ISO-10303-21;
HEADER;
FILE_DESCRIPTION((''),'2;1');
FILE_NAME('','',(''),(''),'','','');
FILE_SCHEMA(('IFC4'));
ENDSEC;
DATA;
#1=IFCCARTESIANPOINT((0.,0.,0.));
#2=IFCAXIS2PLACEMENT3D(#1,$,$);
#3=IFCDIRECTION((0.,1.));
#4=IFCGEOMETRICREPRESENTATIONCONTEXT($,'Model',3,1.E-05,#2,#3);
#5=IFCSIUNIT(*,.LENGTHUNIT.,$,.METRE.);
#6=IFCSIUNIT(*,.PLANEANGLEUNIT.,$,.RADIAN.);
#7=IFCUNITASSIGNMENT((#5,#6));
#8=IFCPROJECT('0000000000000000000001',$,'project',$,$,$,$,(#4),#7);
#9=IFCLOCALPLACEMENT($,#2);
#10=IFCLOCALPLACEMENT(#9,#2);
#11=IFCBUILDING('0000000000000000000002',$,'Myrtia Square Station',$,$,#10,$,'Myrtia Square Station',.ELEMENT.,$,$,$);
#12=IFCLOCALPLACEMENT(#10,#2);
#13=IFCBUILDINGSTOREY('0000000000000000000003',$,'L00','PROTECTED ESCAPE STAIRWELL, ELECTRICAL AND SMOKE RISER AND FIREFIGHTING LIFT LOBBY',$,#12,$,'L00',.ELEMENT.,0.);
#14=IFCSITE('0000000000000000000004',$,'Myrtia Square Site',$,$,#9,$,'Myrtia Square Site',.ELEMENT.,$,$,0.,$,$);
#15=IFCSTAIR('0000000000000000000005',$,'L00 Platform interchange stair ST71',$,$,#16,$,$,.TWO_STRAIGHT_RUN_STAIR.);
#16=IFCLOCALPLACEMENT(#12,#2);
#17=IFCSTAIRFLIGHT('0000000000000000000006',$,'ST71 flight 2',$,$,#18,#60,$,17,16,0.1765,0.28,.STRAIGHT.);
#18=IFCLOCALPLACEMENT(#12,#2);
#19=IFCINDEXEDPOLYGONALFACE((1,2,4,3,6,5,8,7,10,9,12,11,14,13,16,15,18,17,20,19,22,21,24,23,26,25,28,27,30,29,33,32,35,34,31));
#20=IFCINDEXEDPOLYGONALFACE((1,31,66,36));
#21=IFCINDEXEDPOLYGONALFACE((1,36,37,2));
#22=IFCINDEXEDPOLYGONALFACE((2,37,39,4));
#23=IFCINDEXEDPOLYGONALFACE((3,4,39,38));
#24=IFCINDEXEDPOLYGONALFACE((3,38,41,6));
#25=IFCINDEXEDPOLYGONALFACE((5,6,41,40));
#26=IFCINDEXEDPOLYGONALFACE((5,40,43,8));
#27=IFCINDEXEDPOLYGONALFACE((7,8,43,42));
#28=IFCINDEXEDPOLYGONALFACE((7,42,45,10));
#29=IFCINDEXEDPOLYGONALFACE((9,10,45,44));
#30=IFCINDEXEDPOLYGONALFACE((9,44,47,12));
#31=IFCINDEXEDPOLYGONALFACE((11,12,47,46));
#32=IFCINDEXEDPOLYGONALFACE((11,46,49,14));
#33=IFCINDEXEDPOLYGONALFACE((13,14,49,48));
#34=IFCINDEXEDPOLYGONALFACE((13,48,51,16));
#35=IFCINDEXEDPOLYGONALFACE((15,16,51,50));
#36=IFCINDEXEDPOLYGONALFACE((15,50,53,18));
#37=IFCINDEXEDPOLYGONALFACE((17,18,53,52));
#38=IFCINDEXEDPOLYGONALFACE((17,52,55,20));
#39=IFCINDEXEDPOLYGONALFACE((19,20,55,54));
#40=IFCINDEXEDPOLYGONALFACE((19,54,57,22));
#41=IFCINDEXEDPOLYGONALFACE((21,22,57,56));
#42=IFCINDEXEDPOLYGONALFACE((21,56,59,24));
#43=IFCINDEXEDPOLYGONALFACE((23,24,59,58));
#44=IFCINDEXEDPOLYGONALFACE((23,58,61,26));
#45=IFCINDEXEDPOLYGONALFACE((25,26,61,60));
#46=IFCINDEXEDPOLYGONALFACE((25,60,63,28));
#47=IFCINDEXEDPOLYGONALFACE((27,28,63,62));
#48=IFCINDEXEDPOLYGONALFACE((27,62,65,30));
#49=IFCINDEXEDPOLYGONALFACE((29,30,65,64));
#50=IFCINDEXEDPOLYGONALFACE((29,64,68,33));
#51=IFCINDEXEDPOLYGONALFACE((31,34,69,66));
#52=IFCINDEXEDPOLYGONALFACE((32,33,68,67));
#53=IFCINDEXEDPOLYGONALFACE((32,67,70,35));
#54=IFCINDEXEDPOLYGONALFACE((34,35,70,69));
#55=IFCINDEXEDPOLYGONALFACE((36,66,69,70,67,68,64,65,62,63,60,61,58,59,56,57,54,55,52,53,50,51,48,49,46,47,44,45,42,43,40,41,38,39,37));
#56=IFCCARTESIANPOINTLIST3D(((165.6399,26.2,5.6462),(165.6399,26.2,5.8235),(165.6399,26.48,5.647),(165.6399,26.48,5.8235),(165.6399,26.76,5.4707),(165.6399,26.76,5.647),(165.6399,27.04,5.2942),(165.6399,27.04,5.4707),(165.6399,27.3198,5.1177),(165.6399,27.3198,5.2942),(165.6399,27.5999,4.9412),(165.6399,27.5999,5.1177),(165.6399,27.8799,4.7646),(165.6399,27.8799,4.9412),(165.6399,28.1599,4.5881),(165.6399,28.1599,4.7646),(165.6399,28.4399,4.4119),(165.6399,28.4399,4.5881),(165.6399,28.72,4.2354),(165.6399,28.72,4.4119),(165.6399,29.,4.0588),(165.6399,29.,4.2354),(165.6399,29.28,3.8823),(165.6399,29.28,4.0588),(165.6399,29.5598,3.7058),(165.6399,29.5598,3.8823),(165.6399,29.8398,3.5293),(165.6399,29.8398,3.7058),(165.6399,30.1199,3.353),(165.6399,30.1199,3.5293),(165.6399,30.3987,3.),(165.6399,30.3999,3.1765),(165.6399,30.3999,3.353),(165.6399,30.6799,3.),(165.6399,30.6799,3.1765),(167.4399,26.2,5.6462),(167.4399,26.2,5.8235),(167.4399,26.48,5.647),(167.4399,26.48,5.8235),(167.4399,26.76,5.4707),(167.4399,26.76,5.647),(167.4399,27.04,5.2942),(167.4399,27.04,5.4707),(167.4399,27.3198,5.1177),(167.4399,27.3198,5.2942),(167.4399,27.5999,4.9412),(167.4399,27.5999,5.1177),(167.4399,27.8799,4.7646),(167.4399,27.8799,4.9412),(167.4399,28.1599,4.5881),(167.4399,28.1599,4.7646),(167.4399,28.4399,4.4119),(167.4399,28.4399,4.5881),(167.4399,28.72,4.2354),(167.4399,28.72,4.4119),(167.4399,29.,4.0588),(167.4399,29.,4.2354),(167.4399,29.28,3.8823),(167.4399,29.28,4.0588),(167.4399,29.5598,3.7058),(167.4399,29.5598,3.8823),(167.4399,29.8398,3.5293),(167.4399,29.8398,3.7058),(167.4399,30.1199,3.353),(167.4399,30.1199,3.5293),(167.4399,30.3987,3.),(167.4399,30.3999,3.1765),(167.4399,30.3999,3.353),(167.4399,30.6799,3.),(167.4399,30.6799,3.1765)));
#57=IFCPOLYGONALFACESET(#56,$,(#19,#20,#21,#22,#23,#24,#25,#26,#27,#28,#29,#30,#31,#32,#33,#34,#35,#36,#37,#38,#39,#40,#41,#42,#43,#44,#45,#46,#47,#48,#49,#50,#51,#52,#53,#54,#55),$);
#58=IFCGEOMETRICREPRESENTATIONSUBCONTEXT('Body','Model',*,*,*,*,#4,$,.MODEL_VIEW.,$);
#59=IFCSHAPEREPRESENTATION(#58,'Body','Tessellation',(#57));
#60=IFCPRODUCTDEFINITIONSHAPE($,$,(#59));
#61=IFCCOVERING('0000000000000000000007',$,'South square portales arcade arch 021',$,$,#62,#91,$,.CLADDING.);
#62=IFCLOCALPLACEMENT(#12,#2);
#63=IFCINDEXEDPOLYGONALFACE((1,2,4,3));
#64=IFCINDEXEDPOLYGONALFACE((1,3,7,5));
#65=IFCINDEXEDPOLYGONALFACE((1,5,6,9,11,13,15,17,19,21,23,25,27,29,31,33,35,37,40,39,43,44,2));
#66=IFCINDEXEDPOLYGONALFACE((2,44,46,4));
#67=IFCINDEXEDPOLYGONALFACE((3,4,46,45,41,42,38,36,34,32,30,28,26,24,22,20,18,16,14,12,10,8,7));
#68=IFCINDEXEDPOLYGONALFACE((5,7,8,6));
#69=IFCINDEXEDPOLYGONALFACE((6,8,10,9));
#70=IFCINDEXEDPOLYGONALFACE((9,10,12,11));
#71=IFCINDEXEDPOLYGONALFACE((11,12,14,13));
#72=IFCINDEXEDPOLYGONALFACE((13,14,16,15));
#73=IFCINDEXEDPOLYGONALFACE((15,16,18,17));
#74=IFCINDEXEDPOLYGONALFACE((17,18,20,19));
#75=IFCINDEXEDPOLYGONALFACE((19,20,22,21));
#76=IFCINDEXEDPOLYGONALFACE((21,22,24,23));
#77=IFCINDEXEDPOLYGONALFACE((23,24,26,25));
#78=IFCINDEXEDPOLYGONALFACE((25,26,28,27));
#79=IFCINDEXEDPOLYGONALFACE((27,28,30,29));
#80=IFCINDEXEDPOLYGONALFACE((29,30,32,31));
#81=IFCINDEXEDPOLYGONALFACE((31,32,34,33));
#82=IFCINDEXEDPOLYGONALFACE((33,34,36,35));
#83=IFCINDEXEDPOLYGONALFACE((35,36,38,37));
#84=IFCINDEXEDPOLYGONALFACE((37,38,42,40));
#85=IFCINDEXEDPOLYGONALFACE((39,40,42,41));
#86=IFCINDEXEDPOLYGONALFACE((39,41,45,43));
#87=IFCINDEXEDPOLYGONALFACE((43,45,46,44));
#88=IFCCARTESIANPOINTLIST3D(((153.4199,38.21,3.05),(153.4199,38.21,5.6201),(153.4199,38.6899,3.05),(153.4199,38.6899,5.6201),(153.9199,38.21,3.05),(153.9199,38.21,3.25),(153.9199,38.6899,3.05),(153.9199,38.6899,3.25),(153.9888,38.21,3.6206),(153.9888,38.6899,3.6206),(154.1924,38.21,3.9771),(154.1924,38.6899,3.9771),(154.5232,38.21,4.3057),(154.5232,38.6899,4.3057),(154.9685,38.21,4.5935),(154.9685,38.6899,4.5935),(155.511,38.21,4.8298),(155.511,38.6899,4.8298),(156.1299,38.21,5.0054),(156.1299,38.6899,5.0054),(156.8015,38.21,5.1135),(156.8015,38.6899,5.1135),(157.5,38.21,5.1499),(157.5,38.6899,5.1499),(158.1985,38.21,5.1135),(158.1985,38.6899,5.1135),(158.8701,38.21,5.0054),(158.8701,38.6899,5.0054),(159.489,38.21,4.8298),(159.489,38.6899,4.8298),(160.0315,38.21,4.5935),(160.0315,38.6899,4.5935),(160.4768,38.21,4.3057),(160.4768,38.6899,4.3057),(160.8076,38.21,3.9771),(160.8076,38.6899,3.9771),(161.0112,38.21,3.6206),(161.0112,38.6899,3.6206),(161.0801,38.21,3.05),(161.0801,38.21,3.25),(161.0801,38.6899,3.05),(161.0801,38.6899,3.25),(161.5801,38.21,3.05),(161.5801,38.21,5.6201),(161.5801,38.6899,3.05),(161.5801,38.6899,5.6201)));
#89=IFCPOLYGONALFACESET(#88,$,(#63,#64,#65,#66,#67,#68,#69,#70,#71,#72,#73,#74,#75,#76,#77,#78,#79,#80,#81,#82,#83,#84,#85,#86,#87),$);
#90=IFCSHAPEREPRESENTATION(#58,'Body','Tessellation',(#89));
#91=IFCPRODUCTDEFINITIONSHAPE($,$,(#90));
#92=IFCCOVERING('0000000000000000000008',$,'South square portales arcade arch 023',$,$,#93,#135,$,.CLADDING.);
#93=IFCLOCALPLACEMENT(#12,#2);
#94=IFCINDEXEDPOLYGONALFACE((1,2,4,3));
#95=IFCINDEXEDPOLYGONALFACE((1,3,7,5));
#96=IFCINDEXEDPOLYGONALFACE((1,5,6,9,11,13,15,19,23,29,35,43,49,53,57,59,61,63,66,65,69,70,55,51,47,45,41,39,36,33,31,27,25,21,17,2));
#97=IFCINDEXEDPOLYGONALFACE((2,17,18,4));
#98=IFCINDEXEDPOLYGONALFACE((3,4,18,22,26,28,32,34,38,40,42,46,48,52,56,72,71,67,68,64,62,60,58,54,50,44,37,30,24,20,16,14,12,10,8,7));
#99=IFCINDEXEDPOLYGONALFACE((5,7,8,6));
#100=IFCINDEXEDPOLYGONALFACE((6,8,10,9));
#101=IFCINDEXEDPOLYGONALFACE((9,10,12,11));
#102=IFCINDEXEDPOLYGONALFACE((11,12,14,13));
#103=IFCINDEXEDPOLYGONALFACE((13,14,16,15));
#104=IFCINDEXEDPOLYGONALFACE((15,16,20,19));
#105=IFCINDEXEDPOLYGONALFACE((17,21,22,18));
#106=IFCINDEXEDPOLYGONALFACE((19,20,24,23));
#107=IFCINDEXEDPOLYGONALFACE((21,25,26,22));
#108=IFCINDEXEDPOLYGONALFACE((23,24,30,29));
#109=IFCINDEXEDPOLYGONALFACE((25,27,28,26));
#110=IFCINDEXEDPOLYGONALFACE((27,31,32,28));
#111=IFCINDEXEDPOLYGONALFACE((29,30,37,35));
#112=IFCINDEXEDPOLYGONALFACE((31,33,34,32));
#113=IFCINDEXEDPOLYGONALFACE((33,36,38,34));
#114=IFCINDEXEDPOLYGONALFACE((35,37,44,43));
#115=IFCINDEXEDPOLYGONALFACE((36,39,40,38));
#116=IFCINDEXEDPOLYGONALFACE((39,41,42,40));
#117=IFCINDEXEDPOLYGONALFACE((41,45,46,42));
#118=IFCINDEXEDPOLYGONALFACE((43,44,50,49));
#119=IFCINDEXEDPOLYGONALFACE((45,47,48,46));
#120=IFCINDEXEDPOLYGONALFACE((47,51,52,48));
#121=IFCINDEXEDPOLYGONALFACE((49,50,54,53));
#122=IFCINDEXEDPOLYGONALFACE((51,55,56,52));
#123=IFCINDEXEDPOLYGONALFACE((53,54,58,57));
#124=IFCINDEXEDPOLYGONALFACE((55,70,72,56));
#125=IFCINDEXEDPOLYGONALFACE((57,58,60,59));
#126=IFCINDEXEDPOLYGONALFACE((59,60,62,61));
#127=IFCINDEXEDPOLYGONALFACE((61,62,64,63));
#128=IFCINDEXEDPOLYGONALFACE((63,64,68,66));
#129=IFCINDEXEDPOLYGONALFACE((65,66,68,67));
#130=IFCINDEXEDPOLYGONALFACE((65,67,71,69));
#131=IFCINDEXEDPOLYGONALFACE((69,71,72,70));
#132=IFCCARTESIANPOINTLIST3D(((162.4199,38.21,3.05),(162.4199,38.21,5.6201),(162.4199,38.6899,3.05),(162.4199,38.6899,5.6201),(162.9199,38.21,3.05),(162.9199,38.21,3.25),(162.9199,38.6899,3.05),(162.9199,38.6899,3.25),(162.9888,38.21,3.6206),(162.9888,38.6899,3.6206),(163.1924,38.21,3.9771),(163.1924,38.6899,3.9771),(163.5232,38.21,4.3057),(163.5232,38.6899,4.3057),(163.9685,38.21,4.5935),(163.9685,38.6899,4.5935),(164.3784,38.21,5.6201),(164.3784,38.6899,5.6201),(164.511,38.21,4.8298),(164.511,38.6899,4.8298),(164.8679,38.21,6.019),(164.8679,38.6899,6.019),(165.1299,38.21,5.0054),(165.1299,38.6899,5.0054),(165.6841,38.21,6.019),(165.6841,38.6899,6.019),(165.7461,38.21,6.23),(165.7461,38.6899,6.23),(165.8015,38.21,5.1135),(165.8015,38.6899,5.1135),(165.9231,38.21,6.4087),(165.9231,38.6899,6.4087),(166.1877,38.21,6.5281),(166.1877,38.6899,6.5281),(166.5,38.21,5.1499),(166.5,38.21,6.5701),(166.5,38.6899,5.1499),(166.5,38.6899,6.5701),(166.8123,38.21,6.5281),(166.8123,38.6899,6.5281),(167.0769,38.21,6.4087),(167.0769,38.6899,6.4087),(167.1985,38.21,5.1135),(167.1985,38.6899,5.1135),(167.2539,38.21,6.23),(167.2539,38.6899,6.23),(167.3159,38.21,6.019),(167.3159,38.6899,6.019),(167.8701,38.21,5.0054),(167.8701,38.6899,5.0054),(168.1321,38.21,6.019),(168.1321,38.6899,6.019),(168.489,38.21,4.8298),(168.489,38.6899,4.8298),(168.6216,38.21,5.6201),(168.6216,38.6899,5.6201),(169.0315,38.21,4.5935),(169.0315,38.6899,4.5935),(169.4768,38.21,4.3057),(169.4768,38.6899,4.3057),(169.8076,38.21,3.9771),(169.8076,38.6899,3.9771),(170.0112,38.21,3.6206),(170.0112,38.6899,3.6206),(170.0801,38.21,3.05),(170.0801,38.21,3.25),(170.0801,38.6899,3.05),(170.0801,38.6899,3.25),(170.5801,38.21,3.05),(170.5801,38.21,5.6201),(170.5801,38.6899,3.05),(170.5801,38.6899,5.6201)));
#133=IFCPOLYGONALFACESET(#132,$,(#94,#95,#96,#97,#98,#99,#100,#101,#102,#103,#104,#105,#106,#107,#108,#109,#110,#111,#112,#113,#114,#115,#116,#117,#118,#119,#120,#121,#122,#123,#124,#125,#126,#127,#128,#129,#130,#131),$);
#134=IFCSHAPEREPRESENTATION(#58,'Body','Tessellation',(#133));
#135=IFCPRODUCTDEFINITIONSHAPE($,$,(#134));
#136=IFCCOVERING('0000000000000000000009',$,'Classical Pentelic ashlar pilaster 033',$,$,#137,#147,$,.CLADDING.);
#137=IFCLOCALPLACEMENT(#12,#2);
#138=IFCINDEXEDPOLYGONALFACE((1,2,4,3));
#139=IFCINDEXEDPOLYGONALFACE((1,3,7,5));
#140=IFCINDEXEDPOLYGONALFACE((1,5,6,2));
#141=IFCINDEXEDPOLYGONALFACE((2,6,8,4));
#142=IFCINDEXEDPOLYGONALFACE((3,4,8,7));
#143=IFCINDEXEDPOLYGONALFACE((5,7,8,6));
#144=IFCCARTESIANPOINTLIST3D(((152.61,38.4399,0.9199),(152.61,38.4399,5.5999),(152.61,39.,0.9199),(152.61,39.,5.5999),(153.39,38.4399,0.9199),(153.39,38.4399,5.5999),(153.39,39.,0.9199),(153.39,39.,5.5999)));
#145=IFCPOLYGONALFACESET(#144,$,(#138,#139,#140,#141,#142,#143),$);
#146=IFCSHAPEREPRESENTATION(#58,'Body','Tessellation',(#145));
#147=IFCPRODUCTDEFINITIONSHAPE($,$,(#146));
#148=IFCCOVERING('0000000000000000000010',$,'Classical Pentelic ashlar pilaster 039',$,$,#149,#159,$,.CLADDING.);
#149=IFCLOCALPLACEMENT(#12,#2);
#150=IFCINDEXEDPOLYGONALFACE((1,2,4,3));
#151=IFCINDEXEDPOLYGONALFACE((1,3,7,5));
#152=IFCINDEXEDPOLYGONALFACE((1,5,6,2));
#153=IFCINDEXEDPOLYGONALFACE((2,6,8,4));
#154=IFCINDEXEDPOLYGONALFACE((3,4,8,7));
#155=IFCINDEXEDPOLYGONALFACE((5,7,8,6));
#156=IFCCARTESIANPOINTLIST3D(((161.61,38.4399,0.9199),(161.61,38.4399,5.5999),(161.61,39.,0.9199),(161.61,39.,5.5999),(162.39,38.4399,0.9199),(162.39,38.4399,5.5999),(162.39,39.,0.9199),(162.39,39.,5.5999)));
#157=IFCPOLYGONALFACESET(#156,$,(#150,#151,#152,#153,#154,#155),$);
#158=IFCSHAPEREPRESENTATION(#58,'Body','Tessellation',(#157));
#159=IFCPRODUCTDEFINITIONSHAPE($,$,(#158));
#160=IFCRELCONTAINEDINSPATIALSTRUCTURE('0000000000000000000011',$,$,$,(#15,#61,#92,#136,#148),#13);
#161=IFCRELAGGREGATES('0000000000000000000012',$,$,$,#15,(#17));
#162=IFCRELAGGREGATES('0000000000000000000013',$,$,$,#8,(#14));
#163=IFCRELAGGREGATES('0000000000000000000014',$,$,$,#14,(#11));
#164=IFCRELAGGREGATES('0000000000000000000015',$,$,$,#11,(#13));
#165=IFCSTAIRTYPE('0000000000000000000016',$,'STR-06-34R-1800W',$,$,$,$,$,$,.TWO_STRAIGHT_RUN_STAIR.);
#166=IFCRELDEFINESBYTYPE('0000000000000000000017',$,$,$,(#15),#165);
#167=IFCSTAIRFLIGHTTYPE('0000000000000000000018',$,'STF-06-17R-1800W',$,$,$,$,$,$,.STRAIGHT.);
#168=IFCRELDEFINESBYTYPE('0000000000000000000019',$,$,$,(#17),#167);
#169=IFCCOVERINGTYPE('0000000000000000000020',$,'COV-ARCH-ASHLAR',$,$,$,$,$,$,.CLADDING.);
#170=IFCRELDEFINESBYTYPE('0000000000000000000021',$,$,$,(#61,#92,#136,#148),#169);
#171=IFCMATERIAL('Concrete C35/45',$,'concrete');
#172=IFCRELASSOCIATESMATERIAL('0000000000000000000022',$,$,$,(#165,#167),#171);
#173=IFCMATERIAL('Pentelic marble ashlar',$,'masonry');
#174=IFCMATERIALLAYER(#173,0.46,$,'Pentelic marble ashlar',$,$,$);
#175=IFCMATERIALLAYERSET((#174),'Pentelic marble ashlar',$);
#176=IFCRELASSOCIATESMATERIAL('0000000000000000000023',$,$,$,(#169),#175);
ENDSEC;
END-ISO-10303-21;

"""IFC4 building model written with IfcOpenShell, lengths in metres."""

from ifc_helpers import new_model, si_unit, direction, frame, origin, origin_2d, place, context, subcontext, project, spatial, polyline, rectangle, outline, extrude, material, layer, layer_set, type_object, element, aggregate, save


model = new_model("IFC4")

# Units and contexts
model_context = context("Model", 3, precision=1e-05, world=origin(), true_north=direction((0.0, 1.0)))
body_context = subcontext(model_context, "Body", "Model", "MODEL_VIEW")
ifc_project = project(units=[si_unit("LENGTHUNIT", "METRE"), si_unit("PLANEANGLEUNIT", "RADIAN")], contexts=[model_context])

# Site, building, storey
site_placement = place(None, origin())
site = spatial("IfcSite", under=ifc_project, at=site_placement, Name="Myrtia Square Site", LongName="Myrtia Square Site", CompositionType="ELEMENT", RefElevation=0.0)
building_placement = place(site_placement, origin())
building = spatial("IfcBuilding", under=site, at=building_placement, Name="Myrtia Square Station", LongName="Myrtia Square Station", CompositionType="ELEMENT")
storey_placement = place(building_placement, origin())
storey = spatial("IfcBuildingStorey", under=building, at=storey_placement, Name="L00", Description="PROTECTED ESCAPE STAIRWELL, ELECTRICAL AND SMOKE RISER AND FIREFIGHTING LIFT LOBBY", LongName="L00", CompositionType="ELEMENT", Elevation=0.0)

# Shared definitions
ifc_material_1 = material(Name="Pentelic marble ashlar", Category="masonry")

# Stair, stair flight
ifc_material_2 = material(Name="Concrete C35/45", Category="concrete")
stair_type = type_object("IfcStairType", Name="STR-06-34R-1800W", PredefinedType="TWO_STRAIGHT_RUN_STAIR", material=ifc_material_2)
stair_placement = place(storey_placement, origin())
stair = element("IfcStair", 1, at=stair_placement, inside=storey, type_object=stair_type, Name="L00 Platform interchange stair ST71", PredefinedType="TWO_STRAIGHT_RUN_STAIR")
stair_flight_type = type_object("IfcStairFlightType", Name="STF-06-17R-1800W", PredefinedType="STRAIGHT", material=ifc_material_2)
stair_flight_1_placement = place(storey_placement, frame((166.54, 30.6799, 3.0), z_axis=(0.0, 0.0, 1.0), x_axis=(0.0, -1.0, 0.0)))
stair_flight_1 = element("IfcStairFlight", 2, at=stair_flight_1_placement, type_object=stair_flight_type, Name="ST71 flight 2", NumberOfRisers=17, NumberOfTreads=16, PredefinedType="STRAIGHT", RiserHeight=0.1765, TreadLength=0.28, context=body_context, shape_type="SweptSolid", body=[
    extrude(outline(polyline([(0.0, 0.0), (0.0, 0.1765), (0.28, 0.1765), (0.28, 0.353), (0.5601, 0.353), (0.5601, 0.5293), (0.8401, 0.5293), (0.8401, 0.7058), (1.1201, 0.7058), (1.1201, 0.8823), (1.3999, 0.8823), (1.3999, 1.0588), (1.6799, 1.0588), (1.6799, 1.2354), (1.96, 1.2354), (1.96, 1.4119), (2.24, 1.4119), (2.24, 1.5881), (2.52, 1.5881), (2.52, 1.7646), (2.8, 1.7646), (2.8, 1.9412), (3.0801, 1.9412), (3.0801, 2.1177), (3.3601, 2.1177), (3.3601, 2.2942), (3.6399, 2.2942), (3.6399, 2.4707), (3.9199, 2.4707), (3.9199, 2.647), (4.2, 2.647), (4.2, 2.8235), (4.48, 2.8235), (4.48, 3.0), (4.48, 2.6462), (0.2812, 0.0), (0.0, 0.0)])), frame((0.0, 0.8999, 0.0), z_axis=(0.0, -1.0, 0.0), x_axis=(1.0, 0.0, 0.0)), (0.0, 0.0, 1.0), 1.8),
])
aggregate(stair, [stair_flight_1])

# Coverings
ifc_layer_1 = layer(ifc_material_1, 0.46, Name="Pentelic marble ashlar")
ifc_layer_set_1 = layer_set([ifc_layer_1], Name="Pentelic marble ashlar")
covering_type = type_object("IfcCoveringType", Name="COV-ARCH-ASHLAR", PredefinedType="CLADDING", material=ifc_layer_set_1)
covering_1_placement = place(storey_placement, frame((153.4199, 38.45, 3.05), z_axis=(0.0, 0.0, 1.0), x_axis=(1.0, 0.0, 0.0)))
element("IfcCovering", 3, at=covering_1_placement, inside=storey, type_object=covering_type, Name="South square portales arcade arch 021", PredefinedType="CLADDING", context=body_context, shape_type="SweptSolid", body=[
    extrude(outline(polyline([(0.0, 0.0), (0.5, 0.0), (0.5, 0.2), (0.5688, 0.5706), (0.7725, 0.927), (1.1033, 1.2556), (1.5486, 1.5435), (2.0911, 1.7798), (2.71, 1.9553), (3.3816, 2.0635), (4.0801, 2.0999), (4.7786, 2.0635), (5.4502, 1.9553), (6.0691, 1.7798), (6.6116, 1.5435), (7.0569, 1.2556), (7.3877, 0.927), (7.5913, 0.5706), (7.6602, 0.2), (7.6602, 0.0), (8.1602, 0.0), (8.1602, 2.5701), (0.0, 2.5701), (0.0, 0.0)])), frame((0.0, 0.24, 0.0), z_axis=(0.0, -1.0, 0.0), x_axis=(1.0, 0.0, 0.0)), (0.0, 0.0, 1.0), 0.48),
])
covering_2_placement = place(storey_placement, frame((162.4199, 38.45, 3.05), z_axis=(0.0, 0.0, 1.0), x_axis=(1.0, 0.0, 0.0)))
element("IfcCovering", 4, at=covering_2_placement, inside=storey, type_object=covering_type, Name="South square portales arcade arch 023", PredefinedType="CLADDING", context=body_context, shape_type="SweptSolid", body=[
    extrude(outline(polyline([(0.0, 0.0), (0.5, 0.0), (0.5, 0.2), (0.5688, 0.5706), (0.7725, 0.927), (1.1033, 1.2556), (1.5486, 1.5435), (2.0911, 1.7798), (2.71, 1.9553), (3.3816, 2.0635), (4.0801, 2.0999), (4.7786, 2.0635), (5.4502, 1.9553), (6.0691, 1.7798), (6.6116, 1.5435), (7.0569, 1.2556), (7.3877, 0.927), (7.5913, 0.5706), (7.6602, 0.2), (7.6602, 0.0), (8.1602, 0.0), (8.1602, 2.5701), (6.2017, 2.5701), (5.7122, 2.969), (4.896, 2.969), (4.834, 3.1799), (4.657, 3.3586), (4.3923, 3.478), (4.0801, 3.52), (3.7678, 3.478), (3.5032, 3.3586), (3.3262, 3.1799), (3.2642, 2.969), (2.448, 2.969), (1.9585, 2.5701), (0.0, 2.5701), (0.0, 0.0)])), frame((0.0, 0.24, 0.0), z_axis=(0.0, -1.0, 0.0), x_axis=(1.0, 0.0, 0.0)), (0.0, 0.0, 1.0), 0.48),
])
for number, where, z_axis, x_axis, name in (
    (5, (153.0, 38.72, 0.9199), (0.0, 0.0, 1.0), (1.0, 0.0, 0.0), "Classical Pentelic ashlar pilaster 033"),
    (6, (162.0, 38.72, 0.9199), (0.0, 0.0, 1.0), (1.0, 0.0, 0.0), "Classical Pentelic ashlar pilaster 039"),
):
    element("IfcCovering", number, at=place(storey_placement, frame(where, z_axis=z_axis, x_axis=x_axis)), inside=storey, type_object=covering_type, Name=name, PredefinedType="CLADDING", context=body_context, shape_type="SweptSolid", body=[
        extrude(rectangle(XDim=0.78, YDim=0.5601, at=origin_2d()), origin(), (0.0, 0.0, 1.0), 4.6799),
    ])

save(model, "model.ifc")
